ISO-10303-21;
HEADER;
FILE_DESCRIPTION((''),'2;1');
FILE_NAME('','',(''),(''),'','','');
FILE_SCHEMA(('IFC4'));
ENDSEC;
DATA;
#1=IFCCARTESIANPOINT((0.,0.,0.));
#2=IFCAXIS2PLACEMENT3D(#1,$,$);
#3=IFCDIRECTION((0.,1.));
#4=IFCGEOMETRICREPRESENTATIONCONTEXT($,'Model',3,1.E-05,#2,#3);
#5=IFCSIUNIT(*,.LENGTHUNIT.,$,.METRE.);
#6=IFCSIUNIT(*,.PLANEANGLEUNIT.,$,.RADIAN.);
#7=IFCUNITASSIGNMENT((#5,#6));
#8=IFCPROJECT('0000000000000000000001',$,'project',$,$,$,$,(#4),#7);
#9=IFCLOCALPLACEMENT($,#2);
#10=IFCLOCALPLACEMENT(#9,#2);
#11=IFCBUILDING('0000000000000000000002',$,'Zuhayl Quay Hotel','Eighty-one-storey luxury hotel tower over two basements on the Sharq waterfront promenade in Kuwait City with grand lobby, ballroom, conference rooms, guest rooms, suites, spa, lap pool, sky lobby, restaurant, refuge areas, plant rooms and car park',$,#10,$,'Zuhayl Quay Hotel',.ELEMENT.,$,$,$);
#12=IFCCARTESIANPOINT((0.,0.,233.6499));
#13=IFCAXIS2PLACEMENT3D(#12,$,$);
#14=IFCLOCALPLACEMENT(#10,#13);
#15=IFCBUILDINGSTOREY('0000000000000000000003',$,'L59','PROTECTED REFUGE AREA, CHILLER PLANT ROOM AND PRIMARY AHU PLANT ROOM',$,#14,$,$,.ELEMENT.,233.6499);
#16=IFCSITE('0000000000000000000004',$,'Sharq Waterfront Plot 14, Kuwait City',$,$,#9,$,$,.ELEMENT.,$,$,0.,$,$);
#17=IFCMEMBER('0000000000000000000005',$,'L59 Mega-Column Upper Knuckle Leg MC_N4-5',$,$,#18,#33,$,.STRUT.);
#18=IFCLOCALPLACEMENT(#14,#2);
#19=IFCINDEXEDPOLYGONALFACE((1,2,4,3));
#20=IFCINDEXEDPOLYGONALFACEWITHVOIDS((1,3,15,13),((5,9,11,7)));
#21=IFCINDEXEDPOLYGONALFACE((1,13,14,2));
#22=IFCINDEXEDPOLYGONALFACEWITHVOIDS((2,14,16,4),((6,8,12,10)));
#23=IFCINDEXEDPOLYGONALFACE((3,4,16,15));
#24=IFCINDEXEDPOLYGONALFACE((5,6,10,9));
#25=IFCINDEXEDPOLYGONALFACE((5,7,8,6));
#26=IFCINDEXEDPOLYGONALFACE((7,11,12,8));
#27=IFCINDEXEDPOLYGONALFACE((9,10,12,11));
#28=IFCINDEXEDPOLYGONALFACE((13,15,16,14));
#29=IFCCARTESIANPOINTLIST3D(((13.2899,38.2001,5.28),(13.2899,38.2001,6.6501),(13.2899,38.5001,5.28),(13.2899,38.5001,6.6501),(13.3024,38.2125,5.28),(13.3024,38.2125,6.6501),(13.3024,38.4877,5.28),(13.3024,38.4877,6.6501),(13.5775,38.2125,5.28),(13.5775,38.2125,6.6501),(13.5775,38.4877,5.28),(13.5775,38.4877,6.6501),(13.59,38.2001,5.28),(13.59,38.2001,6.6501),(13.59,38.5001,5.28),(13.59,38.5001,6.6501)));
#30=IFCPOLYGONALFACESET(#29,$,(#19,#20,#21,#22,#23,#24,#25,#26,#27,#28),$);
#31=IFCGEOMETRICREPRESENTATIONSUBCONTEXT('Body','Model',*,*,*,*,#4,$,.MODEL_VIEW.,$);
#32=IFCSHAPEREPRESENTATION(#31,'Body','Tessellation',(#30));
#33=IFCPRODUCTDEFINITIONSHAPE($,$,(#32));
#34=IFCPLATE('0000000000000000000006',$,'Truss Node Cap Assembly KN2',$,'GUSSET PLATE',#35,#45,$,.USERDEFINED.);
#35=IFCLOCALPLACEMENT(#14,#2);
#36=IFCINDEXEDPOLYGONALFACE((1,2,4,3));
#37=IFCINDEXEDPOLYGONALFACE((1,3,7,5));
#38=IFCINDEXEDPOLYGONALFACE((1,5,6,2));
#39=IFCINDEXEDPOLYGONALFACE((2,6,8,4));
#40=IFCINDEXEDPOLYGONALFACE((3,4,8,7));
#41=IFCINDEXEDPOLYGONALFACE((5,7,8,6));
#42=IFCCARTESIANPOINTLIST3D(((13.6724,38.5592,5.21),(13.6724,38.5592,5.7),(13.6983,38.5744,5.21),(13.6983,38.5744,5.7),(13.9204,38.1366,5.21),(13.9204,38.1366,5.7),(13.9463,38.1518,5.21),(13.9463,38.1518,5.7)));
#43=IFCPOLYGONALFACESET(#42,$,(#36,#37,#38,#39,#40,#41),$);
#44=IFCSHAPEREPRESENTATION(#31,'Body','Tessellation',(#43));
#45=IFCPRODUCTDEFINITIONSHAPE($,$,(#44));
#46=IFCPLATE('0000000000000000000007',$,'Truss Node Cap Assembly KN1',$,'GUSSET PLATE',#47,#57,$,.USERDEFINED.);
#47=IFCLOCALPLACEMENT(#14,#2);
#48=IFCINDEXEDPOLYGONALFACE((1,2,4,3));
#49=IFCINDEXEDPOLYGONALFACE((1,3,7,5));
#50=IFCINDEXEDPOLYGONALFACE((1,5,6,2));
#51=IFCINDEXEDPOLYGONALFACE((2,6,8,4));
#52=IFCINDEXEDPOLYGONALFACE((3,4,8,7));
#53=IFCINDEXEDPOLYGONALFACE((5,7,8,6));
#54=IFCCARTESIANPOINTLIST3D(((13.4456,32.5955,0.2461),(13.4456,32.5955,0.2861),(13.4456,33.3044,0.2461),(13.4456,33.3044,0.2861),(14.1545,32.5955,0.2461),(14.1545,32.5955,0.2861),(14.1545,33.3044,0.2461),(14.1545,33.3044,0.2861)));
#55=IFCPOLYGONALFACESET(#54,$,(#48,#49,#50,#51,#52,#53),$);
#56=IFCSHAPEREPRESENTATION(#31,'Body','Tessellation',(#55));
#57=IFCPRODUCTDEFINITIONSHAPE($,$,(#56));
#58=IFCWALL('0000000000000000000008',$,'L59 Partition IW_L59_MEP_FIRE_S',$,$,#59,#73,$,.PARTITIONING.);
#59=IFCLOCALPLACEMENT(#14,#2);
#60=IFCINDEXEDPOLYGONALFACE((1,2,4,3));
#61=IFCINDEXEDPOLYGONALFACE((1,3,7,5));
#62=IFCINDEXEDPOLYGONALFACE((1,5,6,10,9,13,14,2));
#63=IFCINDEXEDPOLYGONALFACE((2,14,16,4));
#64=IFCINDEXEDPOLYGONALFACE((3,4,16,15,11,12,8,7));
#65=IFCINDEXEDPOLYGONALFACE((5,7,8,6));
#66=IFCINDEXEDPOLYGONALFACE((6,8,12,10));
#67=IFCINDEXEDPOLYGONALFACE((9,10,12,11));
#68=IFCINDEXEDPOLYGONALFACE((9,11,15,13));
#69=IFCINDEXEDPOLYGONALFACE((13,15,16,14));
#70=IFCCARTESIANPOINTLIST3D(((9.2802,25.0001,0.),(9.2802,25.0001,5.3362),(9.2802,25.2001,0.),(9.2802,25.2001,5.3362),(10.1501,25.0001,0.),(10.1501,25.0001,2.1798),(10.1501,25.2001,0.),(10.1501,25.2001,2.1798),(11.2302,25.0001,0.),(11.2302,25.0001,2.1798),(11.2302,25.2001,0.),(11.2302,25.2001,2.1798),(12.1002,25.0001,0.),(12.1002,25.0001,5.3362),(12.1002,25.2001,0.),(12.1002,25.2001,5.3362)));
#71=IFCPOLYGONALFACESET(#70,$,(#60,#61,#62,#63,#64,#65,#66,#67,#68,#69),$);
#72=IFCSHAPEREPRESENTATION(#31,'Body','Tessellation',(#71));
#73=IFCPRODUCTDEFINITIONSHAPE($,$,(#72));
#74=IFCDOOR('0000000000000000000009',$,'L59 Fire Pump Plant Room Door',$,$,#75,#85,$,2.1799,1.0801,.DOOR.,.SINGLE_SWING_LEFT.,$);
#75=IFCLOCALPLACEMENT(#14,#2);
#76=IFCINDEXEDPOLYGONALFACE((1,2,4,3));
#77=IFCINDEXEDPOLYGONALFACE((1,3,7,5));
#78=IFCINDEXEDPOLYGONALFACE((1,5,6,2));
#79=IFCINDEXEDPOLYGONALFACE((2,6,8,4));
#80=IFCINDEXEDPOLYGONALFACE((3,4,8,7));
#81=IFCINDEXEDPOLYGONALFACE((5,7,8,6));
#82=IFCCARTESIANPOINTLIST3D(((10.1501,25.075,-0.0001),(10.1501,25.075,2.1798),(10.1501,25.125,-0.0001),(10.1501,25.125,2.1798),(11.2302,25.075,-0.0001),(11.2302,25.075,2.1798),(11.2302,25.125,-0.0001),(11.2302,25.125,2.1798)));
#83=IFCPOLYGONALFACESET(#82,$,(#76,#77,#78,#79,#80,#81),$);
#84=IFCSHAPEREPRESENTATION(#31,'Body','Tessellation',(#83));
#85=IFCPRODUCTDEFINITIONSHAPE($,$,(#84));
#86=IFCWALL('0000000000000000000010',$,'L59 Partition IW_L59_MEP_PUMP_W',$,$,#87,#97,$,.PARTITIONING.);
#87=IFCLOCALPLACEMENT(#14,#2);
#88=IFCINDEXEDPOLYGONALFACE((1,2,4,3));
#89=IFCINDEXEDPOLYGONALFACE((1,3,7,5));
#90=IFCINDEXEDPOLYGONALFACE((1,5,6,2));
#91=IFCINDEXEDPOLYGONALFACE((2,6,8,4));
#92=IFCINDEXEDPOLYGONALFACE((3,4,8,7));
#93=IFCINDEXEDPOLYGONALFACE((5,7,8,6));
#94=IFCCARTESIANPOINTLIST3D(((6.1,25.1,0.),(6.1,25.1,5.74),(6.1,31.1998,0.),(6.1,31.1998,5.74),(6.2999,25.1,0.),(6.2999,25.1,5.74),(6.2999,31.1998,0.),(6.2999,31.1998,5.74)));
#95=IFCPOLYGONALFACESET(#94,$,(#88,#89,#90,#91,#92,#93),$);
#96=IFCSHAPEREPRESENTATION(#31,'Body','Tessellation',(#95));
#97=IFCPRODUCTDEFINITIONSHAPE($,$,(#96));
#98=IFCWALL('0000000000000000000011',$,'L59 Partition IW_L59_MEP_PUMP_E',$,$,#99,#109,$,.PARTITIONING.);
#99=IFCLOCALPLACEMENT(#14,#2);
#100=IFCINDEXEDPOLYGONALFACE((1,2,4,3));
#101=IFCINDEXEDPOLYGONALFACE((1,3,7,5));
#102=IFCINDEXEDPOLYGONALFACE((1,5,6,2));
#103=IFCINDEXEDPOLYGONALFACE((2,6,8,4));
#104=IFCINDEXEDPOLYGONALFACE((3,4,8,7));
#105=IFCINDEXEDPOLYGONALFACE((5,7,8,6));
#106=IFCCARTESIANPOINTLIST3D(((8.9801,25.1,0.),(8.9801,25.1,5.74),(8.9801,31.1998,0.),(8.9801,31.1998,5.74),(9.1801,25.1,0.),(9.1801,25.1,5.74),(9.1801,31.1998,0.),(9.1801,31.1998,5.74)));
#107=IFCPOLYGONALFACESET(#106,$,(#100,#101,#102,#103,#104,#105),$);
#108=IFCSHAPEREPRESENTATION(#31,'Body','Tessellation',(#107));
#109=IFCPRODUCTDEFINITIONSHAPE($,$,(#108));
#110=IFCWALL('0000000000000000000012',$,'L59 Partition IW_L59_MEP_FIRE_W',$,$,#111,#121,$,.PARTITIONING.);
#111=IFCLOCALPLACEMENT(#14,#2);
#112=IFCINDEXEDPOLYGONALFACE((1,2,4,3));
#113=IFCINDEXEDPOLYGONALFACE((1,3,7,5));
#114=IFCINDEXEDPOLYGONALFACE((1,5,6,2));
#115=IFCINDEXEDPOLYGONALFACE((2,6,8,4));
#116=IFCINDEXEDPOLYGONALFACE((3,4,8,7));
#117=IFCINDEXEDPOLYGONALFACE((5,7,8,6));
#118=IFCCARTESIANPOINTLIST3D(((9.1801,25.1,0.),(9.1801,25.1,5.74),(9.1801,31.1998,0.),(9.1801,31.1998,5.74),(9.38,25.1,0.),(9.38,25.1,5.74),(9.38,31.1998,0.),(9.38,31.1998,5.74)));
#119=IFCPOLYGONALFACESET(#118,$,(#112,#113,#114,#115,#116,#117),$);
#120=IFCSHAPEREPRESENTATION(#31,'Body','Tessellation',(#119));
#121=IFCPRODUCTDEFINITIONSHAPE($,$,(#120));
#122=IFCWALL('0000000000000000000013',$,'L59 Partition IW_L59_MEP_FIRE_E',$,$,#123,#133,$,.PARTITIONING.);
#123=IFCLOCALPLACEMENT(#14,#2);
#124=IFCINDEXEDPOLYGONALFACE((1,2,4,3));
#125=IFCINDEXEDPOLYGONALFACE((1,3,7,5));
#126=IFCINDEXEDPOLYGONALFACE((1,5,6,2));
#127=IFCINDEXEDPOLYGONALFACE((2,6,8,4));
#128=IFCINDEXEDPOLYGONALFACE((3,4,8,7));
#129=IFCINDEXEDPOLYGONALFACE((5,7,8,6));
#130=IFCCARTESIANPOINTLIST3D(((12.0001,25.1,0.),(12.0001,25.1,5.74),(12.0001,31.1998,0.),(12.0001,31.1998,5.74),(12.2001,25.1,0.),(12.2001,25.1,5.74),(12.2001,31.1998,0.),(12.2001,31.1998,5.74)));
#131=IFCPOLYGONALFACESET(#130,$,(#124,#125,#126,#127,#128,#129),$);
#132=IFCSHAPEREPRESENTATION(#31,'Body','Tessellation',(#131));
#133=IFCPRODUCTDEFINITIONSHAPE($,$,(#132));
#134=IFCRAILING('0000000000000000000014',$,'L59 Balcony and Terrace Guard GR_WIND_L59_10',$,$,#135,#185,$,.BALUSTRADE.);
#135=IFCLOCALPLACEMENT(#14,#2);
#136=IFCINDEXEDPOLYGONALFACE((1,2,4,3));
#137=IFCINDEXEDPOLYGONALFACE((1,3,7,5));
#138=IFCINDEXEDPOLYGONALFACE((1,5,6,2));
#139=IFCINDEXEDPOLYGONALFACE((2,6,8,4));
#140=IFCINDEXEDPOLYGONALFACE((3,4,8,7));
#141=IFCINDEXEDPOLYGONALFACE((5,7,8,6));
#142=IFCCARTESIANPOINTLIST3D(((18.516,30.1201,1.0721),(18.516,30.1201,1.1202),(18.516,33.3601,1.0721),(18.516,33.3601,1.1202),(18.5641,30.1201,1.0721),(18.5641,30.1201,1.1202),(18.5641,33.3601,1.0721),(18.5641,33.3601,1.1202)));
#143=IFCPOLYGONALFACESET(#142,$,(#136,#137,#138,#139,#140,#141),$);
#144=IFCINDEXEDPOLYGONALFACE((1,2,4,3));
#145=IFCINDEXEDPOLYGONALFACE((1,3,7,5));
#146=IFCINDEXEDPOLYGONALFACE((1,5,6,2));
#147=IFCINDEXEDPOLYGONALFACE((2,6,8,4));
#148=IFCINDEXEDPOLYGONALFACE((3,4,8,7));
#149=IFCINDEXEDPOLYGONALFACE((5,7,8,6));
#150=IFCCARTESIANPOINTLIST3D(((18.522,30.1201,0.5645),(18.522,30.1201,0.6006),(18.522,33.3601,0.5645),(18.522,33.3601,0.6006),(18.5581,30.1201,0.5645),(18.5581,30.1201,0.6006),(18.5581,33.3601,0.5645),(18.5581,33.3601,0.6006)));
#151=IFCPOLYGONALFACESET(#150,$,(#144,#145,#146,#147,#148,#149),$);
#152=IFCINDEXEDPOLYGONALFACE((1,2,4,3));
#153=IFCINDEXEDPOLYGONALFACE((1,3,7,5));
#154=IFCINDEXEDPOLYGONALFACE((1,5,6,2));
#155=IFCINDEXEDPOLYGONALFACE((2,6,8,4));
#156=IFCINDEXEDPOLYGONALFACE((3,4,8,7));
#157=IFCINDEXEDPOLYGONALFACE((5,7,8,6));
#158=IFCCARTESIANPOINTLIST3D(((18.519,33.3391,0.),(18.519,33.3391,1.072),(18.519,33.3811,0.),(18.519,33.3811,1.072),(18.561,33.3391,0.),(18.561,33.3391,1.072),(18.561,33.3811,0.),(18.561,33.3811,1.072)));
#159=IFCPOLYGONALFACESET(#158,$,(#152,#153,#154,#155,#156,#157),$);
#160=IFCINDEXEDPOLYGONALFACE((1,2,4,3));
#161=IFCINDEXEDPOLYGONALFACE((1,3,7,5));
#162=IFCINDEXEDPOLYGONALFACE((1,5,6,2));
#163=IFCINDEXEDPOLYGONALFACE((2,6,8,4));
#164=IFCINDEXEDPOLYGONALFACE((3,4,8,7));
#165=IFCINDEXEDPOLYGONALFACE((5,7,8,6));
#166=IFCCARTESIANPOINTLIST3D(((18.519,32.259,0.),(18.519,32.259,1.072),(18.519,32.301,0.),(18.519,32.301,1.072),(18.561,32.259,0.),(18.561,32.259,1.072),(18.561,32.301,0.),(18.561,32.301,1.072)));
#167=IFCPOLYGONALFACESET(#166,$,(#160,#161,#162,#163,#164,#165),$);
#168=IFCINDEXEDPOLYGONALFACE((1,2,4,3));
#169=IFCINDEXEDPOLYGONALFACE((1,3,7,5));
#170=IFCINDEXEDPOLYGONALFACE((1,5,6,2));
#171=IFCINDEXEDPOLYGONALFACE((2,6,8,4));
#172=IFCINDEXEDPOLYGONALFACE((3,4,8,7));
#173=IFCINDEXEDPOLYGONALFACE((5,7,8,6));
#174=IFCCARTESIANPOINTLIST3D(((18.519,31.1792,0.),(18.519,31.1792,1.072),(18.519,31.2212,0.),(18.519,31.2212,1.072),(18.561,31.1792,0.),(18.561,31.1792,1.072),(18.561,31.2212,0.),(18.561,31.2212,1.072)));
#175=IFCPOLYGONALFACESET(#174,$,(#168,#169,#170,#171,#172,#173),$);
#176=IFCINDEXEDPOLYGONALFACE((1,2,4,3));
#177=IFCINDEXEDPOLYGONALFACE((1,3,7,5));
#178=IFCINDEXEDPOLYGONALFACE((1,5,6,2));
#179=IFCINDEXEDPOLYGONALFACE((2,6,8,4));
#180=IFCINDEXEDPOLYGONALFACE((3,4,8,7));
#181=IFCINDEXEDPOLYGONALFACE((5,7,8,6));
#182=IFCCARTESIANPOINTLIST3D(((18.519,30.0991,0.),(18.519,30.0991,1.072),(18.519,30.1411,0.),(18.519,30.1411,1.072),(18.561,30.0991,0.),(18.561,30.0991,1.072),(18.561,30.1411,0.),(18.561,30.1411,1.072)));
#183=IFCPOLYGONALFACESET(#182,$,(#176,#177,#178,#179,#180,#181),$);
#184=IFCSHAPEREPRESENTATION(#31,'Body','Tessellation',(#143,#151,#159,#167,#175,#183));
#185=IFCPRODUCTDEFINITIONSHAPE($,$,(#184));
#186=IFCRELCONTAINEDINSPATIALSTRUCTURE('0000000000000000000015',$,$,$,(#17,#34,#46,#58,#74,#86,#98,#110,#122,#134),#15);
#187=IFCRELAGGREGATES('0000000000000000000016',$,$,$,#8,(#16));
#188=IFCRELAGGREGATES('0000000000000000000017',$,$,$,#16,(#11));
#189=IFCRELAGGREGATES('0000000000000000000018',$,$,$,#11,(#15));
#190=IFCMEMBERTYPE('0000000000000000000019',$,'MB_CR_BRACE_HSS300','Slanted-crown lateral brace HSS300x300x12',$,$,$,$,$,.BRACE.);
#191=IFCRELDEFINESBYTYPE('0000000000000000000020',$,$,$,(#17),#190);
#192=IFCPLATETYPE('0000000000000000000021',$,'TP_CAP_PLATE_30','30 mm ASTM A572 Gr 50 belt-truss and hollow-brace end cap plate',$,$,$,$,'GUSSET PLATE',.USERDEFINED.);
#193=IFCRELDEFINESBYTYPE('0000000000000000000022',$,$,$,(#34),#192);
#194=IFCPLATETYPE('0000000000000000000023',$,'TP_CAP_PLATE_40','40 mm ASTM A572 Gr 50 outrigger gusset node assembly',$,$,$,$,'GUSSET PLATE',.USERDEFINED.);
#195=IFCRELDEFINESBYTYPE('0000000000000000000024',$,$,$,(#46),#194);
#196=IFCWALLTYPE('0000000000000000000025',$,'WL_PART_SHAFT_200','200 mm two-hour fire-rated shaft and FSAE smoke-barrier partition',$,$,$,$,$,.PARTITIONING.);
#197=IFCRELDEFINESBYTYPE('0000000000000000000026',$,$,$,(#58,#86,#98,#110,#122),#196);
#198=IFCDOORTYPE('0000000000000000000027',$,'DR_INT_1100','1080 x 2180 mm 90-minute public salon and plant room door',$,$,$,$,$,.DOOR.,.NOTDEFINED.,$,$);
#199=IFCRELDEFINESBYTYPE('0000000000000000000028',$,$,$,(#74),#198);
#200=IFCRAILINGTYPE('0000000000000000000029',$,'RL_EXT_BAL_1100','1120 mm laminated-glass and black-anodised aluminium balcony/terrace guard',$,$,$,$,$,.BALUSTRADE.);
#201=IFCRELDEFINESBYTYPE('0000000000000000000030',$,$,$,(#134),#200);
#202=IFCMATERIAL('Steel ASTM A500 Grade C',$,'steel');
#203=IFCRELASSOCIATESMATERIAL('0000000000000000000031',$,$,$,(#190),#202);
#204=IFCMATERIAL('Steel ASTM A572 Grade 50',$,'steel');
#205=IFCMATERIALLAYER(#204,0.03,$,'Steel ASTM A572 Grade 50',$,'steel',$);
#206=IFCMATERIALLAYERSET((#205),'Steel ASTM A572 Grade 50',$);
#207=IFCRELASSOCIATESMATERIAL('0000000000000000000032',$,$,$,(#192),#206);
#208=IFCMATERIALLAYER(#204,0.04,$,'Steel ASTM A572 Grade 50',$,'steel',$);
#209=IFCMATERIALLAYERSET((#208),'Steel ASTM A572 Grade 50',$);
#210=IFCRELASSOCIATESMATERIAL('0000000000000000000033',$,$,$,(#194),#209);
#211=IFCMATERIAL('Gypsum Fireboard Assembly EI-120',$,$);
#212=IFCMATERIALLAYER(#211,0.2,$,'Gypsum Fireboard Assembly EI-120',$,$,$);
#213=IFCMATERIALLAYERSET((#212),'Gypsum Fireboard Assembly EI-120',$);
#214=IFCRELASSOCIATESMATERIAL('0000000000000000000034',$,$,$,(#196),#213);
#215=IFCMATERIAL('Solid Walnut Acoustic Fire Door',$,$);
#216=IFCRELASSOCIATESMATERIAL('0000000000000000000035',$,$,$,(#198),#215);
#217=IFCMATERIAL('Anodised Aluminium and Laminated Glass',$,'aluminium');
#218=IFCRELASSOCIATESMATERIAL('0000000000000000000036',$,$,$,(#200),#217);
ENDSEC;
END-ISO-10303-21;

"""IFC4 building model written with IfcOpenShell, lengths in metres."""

from ifc_helpers import new_model, si_unit, direction, frame, frame_2d, origin, origin_2d, place, context, subcontext, project, spatial, rectangle, hollow_rectangle, extrude, material, layer, layer_set, material_profile, profile_set, type_object, element, fill, save


model = new_model("IFC4")

# Units and contexts
model_context = context("Model", 3, precision=1e-05, world=origin(), true_north=direction((0.0, 1.0)))
body_context = subcontext(model_context, "Body", "Model", "MODEL_VIEW")
ifc_project = project(units=[si_unit("LENGTHUNIT", "METRE"), si_unit("PLANEANGLEUNIT", "RADIAN")], contexts=[model_context])

# Site, building, storey
site_placement = place(None, origin())
site = spatial("IfcSite", under=ifc_project, at=site_placement, Name="Sharq Waterfront Plot 14, Kuwait City", CompositionType="ELEMENT", RefElevation=0.0)
building_placement = place(site_placement, origin())
building = spatial("IfcBuilding", under=site, at=building_placement, Name="Zuhayl Quay Hotel", Description="Eighty-one-storey luxury hotel tower over two basements on the Sharq waterfront promenade in Kuwait City with grand lobby, ballroom, conference rooms, guest rooms, suites, spa, lap pool, sky lobby, restaurant, refuge areas, plant rooms and car park", LongName="Zuhayl Quay Hotel", CompositionType="ELEMENT")
storey_placement = place(building_placement, frame((0.0, 0.0, 233.6499)))
storey = spatial("IfcBuildingStorey", under=building, at=storey_placement, Name="L59", Description="PROTECTED REFUGE AREA, CHILLER PLANT ROOM AND PRIMARY AHU PLANT ROOM", CompositionType="ELEMENT", Elevation=233.6499)

# Member
ifc_material_1 = material(Name="Steel ASTM A500 Grade C", Category="steel")
ifc_material_profile_1 = material_profile(ifc_material_1, hollow_rectangle(XDim=0.3, YDim=0.3, WallThickness=0.0125, at=origin_2d()), Name="HSS300X300X12")
ifc_profile_set_1 = profile_set([ifc_material_profile_1], Name="Steel ASTM A500 Grade C")
member_type = type_object("IfcMemberType", Name="MB_CR_BRACE_HSS300", Description="Slanted-crown lateral brace HSS300x300x12", PredefinedType="BRACE", material=ifc_profile_set_1)
for number, where, z_axis, x_axis, name in (
    (1, (13.4399, 38.3501, 5.28), (0.0, 0.0, 1.0), (1.0, 0.0, 0.0), "L59 Mega-Column Upper Knuckle Leg MC_N4-5"),
):
    element("IfcMember", number, at=place(storey_placement, frame(where, z_axis=z_axis, x_axis=x_axis)), inside=storey, type_object=member_type, Name=name, PredefinedType="STRUT", context=body_context, shape_type="SweptSolid", body=[
        extrude(hollow_rectangle(XDim=0.3, YDim=0.3, WallThickness=0.0125, at=origin_2d()), origin(), (0.0, 0.0, 1.0), 1.3701),
    ])

# Plates
ifc_material_2 = material(Name="Steel ASTM A572 Grade 50", Category="steel")
ifc_layer_1 = layer(ifc_material_2, 0.03, Name="Steel ASTM A572 Grade 50", Category="steel")
ifc_layer_set_1 = layer_set([ifc_layer_1], Name="Steel ASTM A572 Grade 50")
plate_type_1 = type_object("IfcPlateType", Name="TP_CAP_PLATE_30", Description="30 mm ASTM A572 Gr 50 belt-truss and hollow-brace end cap plate", ElementType="GUSSET PLATE", PredefinedType="USERDEFINED", material=ifc_layer_set_1)
plate_1_placement = place(storey_placement, frame((13.8093, 38.3555, 5.21), z_axis=(0.0, 0.0, 1.0), x_axis=(0.862425, 0.506184, 0.0)))
element("IfcPlate", 2, at=plate_1_placement, inside=storey, type_object=plate_type_1, Name="Truss Node Cap Assembly KN2", ObjectType="GUSSET PLATE", PredefinedType="USERDEFINED", context=body_context, shape_type="SweptSolid", body=[
    extrude(rectangle(XDim=0.03, YDim=0.49, at=origin_2d()), origin(), (0.0, 0.0, 1.0), 0.49),
])
ifc_layer_2 = layer(ifc_material_2, 0.04, Name="Steel ASTM A572 Grade 50", Category="steel")
ifc_layer_set_2 = layer_set([ifc_layer_2], Name="Steel ASTM A572 Grade 50")
plate_type_2 = type_object("IfcPlateType", Name="TP_CAP_PLATE_40", Description="40 mm ASTM A572 Gr 50 outrigger gusset node assembly", ElementType="GUSSET PLATE", PredefinedType="USERDEFINED", material=ifc_layer_set_2)
plate_2_placement = place(storey_placement, frame((13.8, 32.95, 0.2461), z_axis=(0.0, 0.0, 1.0), x_axis=(1.0, 0.0, 0.0)))
element("IfcPlate", 3, at=plate_2_placement, inside=storey, type_object=plate_type_2, Name="Truss Node Cap Assembly KN1", ObjectType="GUSSET PLATE", PredefinedType="USERDEFINED", context=body_context, shape_type="SweptSolid", body=[
    extrude(rectangle(XDim=0.709, YDim=0.709, at=origin_2d()), origin(), (0.0, 0.0, 1.0), 0.04),
])

# Wall, opening, door
ifc_material_3 = material(Name="Gypsum Fireboard Assembly EI-120")
ifc_layer_3 = layer(ifc_material_3, 0.2, Name="Gypsum Fireboard Assembly EI-120")
ifc_layer_set_3 = layer_set([ifc_layer_3], Name="Gypsum Fireboard Assembly EI-120")
wall_type = type_object("IfcWallType", Name="WL_PART_SHAFT_200", Description="200 mm two-hour fire-rated shaft and FSAE smoke-barrier partition", PredefinedType="PARTITIONING", material=ifc_layer_set_3)
wall_1_placement = place(storey_placement, frame((9.28, 25.1001, 0.0), z_axis=(0.0, 0.0, 1.0), x_axis=(1.0, 0.0, 0.0)))
wall_1 = element("IfcWall", 4, at=wall_1_placement, inside=storey, type_object=wall_type, Name="L59 Partition IW_L59_MEP_FIRE_S", PredefinedType="PARTITIONING", context=body_context, shape_type="SweptSolid", body=[
    extrude(rectangle(XDim=2.8201, YDim=0.2, at=frame_2d((1.4102, 0.0))), origin(), (0.0, 0.0, 1.0), 5.3362),
])
opening_placement = place(wall_1_placement, frame((0.8701, 0.0, 0.0)))
opening = element("IfcOpeningElement", 5, at=opening_placement, cuts=wall_1, PredefinedType="OPENING", context=body_context, shape_type="SweptSolid", body=[
    extrude(rectangle(XDim=1.0801, YDim=2.1799, at=frame_2d((0.54, 1.0898))), frame((0.0, 0.1099, 0.0), z_axis=(0.0, -1.0, 0.0), x_axis=(1.0, 0.0, 0.0)), (0.0, 0.0, 1.0), 0.22),
])
ifc_material_4 = material(Name="Solid Walnut Acoustic Fire Door")
door_type = type_object("IfcDoorType", Name="DR_INT_1100", Description="1080 x 2180 mm 90-minute public salon and plant room door", OperationType="NOTDEFINED", PredefinedType="DOOR", material=ifc_material_4)
door_placement = place(opening_placement, origin())
door = element("IfcDoor", 6, at=door_placement, inside=storey, type_object=door_type, Name="L59 Fire Pump Plant Room Door", OperationType="SINGLE_SWING_LEFT", OverallHeight=2.1799, OverallWidth=1.0801, PredefinedType="DOOR", context=body_context, shape_type="SweptSolid", body=[
    extrude(rectangle(XDim=1.0801, YDim=2.1799, at=frame_2d((0.54, 1.0898))), frame((0.0, 0.0249, 0.0), z_axis=(0.0, -1.0, 0.0), x_axis=(1.0, 0.0, 0.0)), (0.0, 0.0, 1.0), 0.05),
])
fill(opening, door)

# Walls
for number, where, z_axis, x_axis, name in (
    (7, (6.2, 25.1001, 0.0), (0.0, 0.0, 1.0), (0.0, 1.0, 0.0), "L59 Partition IW_L59_MEP_PUMP_W"),
    (8, (9.0801, 25.1001, 0.0), (0.0, 0.0, 1.0), (0.0, 1.0, 0.0), "L59 Partition IW_L59_MEP_PUMP_E"),
):
    element("IfcWall", number, at=place(storey_placement, frame(where, z_axis=z_axis, x_axis=x_axis)), inside=storey, type_object=wall_type, Name=name, PredefinedType="PARTITIONING", context=body_context, shape_type="SweptSolid", body=[
        extrude(rectangle(XDim=6.0999, YDim=0.2, at=frame_2d((3.0498, 0.0))), origin(), (0.0, 0.0, 1.0), 5.74),
    ])
for number, where, z_axis, x_axis, name in (
    (9, (9.28, 25.1001, 0.0), (0.0, 0.0, 1.0), (0.0, 1.0, 0.0), "L59 Partition IW_L59_MEP_FIRE_W"),
    (10, (12.1001, 25.1001, 0.0), (0.0, 0.0, 1.0), (0.0, 1.0, 0.0), "L59 Partition IW_L59_MEP_FIRE_E"),
):
    element("IfcWall", number, at=place(storey_placement, frame(where, z_axis=z_axis, x_axis=x_axis)), inside=storey, type_object=wall_type, Name=name, PredefinedType="PARTITIONING", context=body_context, shape_type="SweptSolid", body=[
        extrude(rectangle(XDim=6.0999, YDim=0.2, at=frame_2d((3.0498, 0.0))), origin(), (0.0, 0.0, 1.0), 5.74),
    ])

# Railing
ifc_material_5 = material(Name="Anodised Aluminium and Laminated Glass", Category="aluminium")
railing_type = type_object("IfcRailingType", Name="RL_EXT_BAL_1100", Description="1120 mm laminated-glass and black-anodised aluminium balcony/terrace guard", PredefinedType="BALUSTRADE", material=ifc_material_5)
railing_1_placement = place(storey_placement, frame((18.54, 33.3601, 0.0)))
element("IfcRailing", 11, at=railing_1_placement, inside=storey, type_object=railing_type, Name="L59 Balcony and Terrace Guard GR_WIND_L59_10", PredefinedType="BALUSTRADE", context=body_context, shape_type="SweptSolid", body=[
    extrude(rectangle(XDim=0.0481, YDim=0.0481, at=origin_2d()), frame((0.0, 0.0, 1.0962), z_axis=(0.0, -1.0, 0.0), x_axis=(1.0, 0.0, 0.0)), (0.0, 0.0, 1.0), 3.24),
    extrude(rectangle(XDim=0.0361, YDim=0.0361, at=origin_2d()), frame((0.0, 0.0, 0.5825), z_axis=(0.0, -1.0, 0.0), x_axis=(1.0, 0.0, 0.0)), (0.0, 0.0, 1.0), 3.24),
    extrude(rectangle(XDim=0.042, YDim=0.042, at=origin_2d()), origin(), (0.0, 0.0, 1.0), 1.072),
    extrude(rectangle(XDim=0.042, YDim=0.042, at=origin_2d()), frame((0.0, -1.0801, 0.0)), (0.0, 0.0, 1.0), 1.072),
    extrude(rectangle(XDim=0.042, YDim=0.042, at=origin_2d()), frame((0.0, -2.1599, 0.0)), (0.0, 0.0, 1.0), 1.072),
    extrude(rectangle(XDim=0.042, YDim=0.042, at=origin_2d()), frame((0.0, -3.24, 0.0)), (0.0, 0.0, 1.0), 1.072),
])

save(model, "model.ifc")
